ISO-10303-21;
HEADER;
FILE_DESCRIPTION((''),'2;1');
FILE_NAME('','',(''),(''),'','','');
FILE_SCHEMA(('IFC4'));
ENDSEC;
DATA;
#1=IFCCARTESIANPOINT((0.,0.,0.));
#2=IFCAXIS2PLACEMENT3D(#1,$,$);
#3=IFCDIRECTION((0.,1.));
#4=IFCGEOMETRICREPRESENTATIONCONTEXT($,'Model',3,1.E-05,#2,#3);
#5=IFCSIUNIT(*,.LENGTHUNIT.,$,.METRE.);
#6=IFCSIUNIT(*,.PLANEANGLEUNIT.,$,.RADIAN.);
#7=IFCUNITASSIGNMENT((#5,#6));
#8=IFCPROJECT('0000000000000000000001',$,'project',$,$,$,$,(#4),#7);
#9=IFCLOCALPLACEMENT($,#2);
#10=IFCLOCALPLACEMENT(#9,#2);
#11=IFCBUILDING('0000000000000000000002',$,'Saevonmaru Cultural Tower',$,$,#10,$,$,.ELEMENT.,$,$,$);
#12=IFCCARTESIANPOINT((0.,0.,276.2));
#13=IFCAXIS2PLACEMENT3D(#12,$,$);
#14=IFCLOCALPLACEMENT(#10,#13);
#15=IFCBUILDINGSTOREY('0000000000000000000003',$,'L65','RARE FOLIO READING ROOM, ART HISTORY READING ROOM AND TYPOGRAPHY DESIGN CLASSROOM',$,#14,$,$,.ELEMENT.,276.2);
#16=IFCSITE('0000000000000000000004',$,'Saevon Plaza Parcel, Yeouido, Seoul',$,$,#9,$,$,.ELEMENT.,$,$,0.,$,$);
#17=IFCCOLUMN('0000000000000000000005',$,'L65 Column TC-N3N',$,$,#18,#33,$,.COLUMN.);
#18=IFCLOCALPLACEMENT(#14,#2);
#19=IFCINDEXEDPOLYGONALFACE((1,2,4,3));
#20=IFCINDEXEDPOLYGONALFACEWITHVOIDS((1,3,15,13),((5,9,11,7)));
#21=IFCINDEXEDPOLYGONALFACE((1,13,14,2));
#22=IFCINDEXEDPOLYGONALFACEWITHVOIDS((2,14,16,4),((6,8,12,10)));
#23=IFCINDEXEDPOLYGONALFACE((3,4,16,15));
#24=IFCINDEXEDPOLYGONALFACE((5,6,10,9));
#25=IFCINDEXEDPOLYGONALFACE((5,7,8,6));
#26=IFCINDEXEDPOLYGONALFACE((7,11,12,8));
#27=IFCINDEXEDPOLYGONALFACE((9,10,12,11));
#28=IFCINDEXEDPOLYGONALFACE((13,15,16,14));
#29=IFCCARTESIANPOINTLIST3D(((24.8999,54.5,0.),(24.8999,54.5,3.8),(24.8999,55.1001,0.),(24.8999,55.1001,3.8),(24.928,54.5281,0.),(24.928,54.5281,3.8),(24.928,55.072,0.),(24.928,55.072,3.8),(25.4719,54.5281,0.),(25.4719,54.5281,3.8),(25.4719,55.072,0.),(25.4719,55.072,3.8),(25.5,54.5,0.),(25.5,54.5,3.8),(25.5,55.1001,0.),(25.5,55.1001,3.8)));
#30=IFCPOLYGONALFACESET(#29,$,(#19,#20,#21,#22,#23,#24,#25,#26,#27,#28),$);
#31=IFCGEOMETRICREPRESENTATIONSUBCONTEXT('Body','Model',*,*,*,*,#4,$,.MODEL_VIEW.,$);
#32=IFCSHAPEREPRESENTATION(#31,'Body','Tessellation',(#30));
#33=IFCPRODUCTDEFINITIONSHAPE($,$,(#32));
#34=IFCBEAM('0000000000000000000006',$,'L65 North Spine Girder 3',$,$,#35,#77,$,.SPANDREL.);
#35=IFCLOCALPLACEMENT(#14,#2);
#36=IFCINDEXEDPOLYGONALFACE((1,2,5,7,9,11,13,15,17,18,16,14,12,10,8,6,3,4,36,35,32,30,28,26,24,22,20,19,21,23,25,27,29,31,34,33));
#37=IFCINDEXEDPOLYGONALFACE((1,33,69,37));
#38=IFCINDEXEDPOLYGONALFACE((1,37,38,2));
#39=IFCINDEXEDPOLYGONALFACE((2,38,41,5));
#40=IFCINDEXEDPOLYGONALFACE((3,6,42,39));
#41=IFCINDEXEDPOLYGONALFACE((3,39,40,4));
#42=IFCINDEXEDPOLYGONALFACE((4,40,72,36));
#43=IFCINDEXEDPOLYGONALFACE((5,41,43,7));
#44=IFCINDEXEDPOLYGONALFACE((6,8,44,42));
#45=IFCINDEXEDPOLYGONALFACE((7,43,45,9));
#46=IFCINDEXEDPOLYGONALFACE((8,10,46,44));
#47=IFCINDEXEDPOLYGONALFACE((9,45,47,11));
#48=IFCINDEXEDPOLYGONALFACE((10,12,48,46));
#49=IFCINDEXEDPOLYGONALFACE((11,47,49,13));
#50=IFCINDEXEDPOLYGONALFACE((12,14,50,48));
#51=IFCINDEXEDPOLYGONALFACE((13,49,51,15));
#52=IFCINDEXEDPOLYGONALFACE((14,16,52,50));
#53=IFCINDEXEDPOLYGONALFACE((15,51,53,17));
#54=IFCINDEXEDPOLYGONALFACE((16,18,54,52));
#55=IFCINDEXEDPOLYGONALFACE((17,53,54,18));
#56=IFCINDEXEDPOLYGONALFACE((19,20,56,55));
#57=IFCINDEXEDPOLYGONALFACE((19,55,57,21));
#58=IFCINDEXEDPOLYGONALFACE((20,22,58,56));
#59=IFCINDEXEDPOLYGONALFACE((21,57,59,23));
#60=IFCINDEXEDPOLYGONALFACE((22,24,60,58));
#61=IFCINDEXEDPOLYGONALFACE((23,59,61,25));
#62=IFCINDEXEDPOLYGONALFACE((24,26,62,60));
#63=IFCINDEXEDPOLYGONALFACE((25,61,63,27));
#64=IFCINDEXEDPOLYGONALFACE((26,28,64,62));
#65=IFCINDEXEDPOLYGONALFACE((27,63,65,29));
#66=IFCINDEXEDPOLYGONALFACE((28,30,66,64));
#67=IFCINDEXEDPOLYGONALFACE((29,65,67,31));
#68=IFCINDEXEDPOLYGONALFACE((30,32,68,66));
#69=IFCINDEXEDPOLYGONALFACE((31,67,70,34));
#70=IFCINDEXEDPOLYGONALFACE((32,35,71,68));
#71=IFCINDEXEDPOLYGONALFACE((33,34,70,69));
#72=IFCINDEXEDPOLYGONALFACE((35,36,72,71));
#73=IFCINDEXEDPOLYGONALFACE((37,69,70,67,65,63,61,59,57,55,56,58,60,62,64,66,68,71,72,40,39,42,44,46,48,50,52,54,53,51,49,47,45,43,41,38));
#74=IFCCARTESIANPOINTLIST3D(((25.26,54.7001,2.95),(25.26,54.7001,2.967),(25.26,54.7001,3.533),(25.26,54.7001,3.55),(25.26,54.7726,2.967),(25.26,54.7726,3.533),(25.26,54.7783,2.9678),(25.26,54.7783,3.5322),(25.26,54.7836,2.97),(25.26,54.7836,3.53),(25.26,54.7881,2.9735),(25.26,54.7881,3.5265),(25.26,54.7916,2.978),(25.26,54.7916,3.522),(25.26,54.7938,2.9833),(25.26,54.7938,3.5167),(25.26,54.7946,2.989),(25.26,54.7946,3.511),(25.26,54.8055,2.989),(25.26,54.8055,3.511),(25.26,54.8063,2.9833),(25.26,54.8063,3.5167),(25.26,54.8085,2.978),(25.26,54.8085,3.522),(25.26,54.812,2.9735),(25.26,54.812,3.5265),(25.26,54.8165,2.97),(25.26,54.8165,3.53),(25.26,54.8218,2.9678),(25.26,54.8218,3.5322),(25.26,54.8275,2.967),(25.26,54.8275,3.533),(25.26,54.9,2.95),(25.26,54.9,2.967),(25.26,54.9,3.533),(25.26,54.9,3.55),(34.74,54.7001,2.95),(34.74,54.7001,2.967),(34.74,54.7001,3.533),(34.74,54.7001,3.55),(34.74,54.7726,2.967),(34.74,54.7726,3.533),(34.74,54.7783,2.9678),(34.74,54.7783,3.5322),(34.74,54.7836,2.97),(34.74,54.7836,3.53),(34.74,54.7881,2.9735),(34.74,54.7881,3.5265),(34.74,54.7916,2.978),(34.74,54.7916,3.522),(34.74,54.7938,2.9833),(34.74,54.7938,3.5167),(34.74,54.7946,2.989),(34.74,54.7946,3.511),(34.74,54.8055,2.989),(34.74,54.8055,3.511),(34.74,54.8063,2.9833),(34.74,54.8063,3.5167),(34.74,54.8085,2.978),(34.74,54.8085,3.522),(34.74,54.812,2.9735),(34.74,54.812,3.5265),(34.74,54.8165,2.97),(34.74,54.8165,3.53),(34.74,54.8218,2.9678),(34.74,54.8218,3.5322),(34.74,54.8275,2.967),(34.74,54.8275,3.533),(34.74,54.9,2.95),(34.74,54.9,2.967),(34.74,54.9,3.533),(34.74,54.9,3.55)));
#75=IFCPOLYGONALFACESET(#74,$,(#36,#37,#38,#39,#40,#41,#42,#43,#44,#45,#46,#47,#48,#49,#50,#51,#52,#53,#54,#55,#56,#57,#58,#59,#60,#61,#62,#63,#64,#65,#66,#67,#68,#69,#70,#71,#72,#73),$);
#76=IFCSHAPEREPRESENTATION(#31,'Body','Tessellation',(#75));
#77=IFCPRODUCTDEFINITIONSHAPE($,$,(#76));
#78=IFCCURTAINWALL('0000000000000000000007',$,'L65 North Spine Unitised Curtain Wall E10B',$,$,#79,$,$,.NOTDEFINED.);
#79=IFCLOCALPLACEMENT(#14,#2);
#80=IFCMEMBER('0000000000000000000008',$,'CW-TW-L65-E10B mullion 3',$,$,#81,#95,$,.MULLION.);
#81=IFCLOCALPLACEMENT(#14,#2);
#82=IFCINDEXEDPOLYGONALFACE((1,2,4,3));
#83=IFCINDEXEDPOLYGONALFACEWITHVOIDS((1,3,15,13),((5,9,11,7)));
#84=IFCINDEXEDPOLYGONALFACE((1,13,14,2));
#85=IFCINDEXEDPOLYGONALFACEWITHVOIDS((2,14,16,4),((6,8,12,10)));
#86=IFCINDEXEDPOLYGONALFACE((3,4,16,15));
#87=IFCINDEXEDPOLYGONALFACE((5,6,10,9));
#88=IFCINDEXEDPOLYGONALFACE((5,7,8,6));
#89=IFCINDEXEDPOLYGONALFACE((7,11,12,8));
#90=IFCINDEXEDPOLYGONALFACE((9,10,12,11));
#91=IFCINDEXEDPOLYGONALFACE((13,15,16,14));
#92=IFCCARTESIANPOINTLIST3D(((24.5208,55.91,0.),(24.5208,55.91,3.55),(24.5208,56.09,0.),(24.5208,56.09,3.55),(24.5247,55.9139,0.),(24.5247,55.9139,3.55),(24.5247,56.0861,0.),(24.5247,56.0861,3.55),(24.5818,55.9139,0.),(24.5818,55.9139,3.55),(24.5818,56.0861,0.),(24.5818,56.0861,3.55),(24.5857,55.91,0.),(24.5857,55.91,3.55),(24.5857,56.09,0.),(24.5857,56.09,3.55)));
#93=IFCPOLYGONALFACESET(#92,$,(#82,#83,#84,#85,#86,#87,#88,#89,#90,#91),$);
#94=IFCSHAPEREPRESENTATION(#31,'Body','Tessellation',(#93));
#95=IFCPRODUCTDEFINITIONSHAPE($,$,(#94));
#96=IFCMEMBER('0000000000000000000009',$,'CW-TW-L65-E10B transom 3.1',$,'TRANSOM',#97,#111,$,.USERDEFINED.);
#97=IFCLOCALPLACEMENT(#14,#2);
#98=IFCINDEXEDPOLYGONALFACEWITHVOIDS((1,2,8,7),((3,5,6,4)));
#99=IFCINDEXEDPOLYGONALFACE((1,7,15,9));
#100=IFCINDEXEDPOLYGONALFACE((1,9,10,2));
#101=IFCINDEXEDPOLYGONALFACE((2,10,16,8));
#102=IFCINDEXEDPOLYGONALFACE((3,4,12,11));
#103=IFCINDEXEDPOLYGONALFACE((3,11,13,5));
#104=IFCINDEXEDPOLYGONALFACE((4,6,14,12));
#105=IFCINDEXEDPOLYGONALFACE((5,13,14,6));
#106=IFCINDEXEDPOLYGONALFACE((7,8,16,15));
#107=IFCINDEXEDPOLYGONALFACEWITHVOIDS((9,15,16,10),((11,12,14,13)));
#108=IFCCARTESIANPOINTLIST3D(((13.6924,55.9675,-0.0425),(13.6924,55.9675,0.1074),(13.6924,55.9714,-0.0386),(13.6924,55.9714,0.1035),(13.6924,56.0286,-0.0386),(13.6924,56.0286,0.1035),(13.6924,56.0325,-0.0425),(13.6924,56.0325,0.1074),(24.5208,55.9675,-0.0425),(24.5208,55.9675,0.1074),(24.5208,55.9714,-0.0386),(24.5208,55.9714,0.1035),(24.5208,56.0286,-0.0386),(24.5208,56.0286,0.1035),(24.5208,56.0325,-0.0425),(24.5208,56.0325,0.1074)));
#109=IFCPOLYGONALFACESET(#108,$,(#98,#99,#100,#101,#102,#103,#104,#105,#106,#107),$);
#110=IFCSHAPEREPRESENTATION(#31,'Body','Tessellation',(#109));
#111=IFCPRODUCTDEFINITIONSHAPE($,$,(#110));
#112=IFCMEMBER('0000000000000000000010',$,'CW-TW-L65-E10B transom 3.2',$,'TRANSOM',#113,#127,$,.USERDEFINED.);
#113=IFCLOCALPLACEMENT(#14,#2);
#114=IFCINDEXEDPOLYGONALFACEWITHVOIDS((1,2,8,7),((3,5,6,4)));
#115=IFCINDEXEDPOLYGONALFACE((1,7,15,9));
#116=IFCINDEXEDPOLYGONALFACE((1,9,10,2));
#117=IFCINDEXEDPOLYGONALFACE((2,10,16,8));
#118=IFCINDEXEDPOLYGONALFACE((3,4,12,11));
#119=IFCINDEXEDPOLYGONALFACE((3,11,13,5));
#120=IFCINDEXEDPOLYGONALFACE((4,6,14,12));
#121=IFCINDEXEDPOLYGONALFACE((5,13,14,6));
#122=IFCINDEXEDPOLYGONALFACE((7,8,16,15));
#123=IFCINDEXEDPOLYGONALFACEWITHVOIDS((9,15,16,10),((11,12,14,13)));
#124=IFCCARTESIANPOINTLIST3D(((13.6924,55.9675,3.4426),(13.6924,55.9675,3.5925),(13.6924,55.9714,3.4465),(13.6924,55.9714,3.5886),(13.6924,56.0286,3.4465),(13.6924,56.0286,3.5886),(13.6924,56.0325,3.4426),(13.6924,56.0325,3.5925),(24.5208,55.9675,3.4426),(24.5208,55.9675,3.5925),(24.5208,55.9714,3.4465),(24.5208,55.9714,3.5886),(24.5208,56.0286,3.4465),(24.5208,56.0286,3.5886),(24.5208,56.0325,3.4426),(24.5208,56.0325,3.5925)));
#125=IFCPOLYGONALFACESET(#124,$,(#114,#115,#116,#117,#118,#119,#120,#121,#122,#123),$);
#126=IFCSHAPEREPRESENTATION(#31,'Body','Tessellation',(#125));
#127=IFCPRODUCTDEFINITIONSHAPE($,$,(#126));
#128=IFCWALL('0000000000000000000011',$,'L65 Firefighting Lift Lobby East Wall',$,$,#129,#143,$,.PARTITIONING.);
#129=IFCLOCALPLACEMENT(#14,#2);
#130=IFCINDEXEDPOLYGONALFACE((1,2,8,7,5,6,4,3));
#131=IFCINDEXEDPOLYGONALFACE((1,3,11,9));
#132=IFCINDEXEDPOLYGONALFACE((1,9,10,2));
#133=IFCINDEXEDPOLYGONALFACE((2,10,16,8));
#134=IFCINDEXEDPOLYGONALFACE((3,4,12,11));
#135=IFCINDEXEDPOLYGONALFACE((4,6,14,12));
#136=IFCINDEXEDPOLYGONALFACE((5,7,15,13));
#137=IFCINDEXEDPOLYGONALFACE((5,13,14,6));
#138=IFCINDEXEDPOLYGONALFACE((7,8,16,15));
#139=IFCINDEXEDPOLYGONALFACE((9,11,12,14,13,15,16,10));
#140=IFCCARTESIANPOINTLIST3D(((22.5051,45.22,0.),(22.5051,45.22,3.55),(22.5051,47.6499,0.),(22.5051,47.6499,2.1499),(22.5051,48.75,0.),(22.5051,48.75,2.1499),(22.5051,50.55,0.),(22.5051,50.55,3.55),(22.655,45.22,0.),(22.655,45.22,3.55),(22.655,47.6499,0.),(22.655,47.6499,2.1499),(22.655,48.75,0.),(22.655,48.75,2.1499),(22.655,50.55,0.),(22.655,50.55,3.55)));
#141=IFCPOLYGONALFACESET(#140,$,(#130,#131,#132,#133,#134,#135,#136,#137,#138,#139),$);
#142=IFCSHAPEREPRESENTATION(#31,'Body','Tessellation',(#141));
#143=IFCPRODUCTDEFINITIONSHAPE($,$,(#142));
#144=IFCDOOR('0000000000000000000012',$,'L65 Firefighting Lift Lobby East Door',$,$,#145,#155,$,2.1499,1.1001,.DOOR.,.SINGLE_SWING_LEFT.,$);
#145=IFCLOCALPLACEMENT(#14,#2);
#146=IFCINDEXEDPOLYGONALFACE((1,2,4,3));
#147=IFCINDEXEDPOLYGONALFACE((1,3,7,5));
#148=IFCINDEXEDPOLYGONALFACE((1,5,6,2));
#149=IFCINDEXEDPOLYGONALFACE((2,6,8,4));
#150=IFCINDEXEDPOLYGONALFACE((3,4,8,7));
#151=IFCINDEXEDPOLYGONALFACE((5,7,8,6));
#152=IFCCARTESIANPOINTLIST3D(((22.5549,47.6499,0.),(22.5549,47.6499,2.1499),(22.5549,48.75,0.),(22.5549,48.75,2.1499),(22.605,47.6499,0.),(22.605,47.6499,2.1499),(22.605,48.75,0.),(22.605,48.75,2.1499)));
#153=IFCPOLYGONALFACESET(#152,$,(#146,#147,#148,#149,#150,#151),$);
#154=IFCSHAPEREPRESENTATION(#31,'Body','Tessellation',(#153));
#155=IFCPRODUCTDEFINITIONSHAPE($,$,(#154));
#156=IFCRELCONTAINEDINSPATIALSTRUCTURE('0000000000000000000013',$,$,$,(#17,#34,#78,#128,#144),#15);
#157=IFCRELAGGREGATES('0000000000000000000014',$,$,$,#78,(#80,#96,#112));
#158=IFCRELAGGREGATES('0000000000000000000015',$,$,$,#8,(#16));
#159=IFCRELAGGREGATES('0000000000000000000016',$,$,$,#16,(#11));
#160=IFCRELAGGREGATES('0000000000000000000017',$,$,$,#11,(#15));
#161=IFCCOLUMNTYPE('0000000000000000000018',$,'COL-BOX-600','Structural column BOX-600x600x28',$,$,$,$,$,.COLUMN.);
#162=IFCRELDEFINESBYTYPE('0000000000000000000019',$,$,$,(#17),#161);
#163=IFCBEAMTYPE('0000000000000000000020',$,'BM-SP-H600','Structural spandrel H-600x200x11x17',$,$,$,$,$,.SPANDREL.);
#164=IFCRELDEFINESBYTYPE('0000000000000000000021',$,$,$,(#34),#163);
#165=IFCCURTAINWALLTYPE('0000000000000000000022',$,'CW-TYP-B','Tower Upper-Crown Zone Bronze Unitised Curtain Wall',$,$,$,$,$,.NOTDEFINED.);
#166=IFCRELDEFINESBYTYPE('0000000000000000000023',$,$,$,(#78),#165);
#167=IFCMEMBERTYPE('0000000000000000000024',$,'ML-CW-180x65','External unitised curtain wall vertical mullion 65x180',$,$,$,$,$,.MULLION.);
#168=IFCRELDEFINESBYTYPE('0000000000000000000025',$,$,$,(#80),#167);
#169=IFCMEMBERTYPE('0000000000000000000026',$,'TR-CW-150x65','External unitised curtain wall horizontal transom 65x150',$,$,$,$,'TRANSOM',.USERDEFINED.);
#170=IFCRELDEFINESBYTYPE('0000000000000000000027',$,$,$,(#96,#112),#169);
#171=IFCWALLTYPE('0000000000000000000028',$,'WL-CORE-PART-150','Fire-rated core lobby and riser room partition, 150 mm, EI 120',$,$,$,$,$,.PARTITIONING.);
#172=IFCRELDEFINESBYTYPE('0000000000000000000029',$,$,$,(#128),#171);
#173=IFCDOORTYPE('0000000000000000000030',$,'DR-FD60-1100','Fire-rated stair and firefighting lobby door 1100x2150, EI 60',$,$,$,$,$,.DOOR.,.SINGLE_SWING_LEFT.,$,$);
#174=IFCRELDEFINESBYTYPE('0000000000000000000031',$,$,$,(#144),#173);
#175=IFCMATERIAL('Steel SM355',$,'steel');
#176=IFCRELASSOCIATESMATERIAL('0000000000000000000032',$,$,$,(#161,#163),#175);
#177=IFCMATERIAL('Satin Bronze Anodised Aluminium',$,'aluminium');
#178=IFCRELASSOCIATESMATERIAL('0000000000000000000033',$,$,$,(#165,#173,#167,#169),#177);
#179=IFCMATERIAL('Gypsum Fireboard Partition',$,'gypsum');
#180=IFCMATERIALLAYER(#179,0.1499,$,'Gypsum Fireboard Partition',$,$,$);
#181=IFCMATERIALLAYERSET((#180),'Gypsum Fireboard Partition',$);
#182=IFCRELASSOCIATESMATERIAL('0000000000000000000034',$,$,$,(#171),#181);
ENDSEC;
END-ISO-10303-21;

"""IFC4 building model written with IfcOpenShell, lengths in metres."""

from ifc_helpers import new_model, si_unit, direction, frame, frame_2d, origin, origin_2d, place, context, subcontext, project, spatial, rectangle, hollow_rectangle, i_section, extrude, material, layer, layer_set, material_profile, profile_set, type_object, element, fill, aggregate, save


model = new_model("IFC4")

# Units and contexts
model_context = context("Model", 3, precision=1e-05, world=origin(), true_north=direction((0.0, 1.0)))
body_context = subcontext(model_context, "Body", "Model", "MODEL_VIEW")
ifc_project = project(units=[si_unit("LENGTHUNIT", "METRE"), si_unit("PLANEANGLEUNIT", "RADIAN")], contexts=[model_context])

# Site, building, storey
site_placement = place(None, origin())
site = spatial("IfcSite", under=ifc_project, at=site_placement, Name="Saevon Plaza Parcel, Yeouido, Seoul", CompositionType="ELEMENT", RefElevation=0.0)
building_placement = place(site_placement, origin())
building = spatial("IfcBuilding", under=site, at=building_placement, Name="Saevonmaru Cultural Tower", CompositionType="ELEMENT")
storey_placement = place(building_placement, frame((0.0, 0.0, 276.2)))
storey = spatial("IfcBuildingStorey", under=building, at=storey_placement, Name="L65", Description="RARE FOLIO READING ROOM, ART HISTORY READING ROOM AND TYPOGRAPHY DESIGN CLASSROOM", CompositionType="ELEMENT", Elevation=276.2)

# Column
ifc_material_1 = material(Name="Steel SM355", Category="steel")
ifc_material_profile_1 = material_profile(ifc_material_1, hollow_rectangle(XDim=0.6001, YDim=0.6001, WallThickness=0.0281, at=origin_2d()), Name="BOX-600x600x28")
ifc_profile_set_1 = profile_set([ifc_material_profile_1], Name="Steel SM355")
column_type = type_object("IfcColumnType", Name="COL-BOX-600", Description="Structural column BOX-600x600x28", PredefinedType="COLUMN", material=ifc_profile_set_1)
column_placement = place(storey_placement, frame((25.2, 54.8, 0.0), z_axis=(0.0, 0.0, 1.0), x_axis=(1.0, 0.0, 0.0)))
element("IfcColumn", 1, at=column_placement, inside=storey, type_object=column_type, Name="L65 Column TC-N3N", PredefinedType="COLUMN", context=body_context, shape_type="SweptSolid", body=[
    extrude(hollow_rectangle(XDim=0.6001, YDim=0.6001, WallThickness=0.0281, at=origin_2d()), origin(), (0.0, 0.0, 1.0), 3.8),
])

# Beam
ifc_material_profile_2 = material_profile(ifc_material_1, i_section(OverallWidth=0.2, OverallDepth=0.6001, WebThickness=0.011, FlangeThickness=0.0171, FilletRadius=0.022, at=origin_2d()), Name="H-600x200x11x17")
ifc_profile_set_2 = profile_set([ifc_material_profile_2], Name="Steel SM355")
beam_type = type_object("IfcBeamType", Name="BM-SP-H600", Description="Structural spandrel H-600x200x11x17", PredefinedType="SPANDREL", material=ifc_profile_set_2)
beam_placement = place(storey_placement, frame((25.26, 54.8, 3.25), z_axis=(1.0, 0.0, 0.0), x_axis=(0.0, 1.0, 0.0)))
element("IfcBeam", 2, at=beam_placement, inside=storey, type_object=beam_type, Name="L65 North Spine Girder 3", PredefinedType="SPANDREL", context=body_context, shape_type="SweptSolid", body=[
    extrude(i_section(OverallWidth=0.2, OverallDepth=0.6001, WebThickness=0.011, FlangeThickness=0.0171, FilletRadius=0.022, at=origin_2d()), origin(), (0.0, 0.0, 1.0), 9.48),
])

# Curtain wall, members
ifc_material_2 = material(Name="Satin Bronze Anodised Aluminium", Category="aluminium")
curtain_wall_type = type_object("IfcCurtainWallType", Name="CW-TYP-B", Description="Tower Upper-Crown Zone Bronze Unitised Curtain Wall", PredefinedType="NOTDEFINED", material=ifc_material_2)
curtain_wall_placement = place(storey_placement, origin())
curtain_wall = element("IfcCurtainWall", 3, at=curtain_wall_placement, inside=storey, type_object=curtain_wall_type, Name="L65 North Spine Unitised Curtain Wall E10B", PredefinedType="NOTDEFINED")
ifc_material_profile_3 = material_profile(ifc_material_2, hollow_rectangle(XDim=0.0649, YDim=0.1799, WallThickness=0.0039, at=origin_2d()), Name="ALU-MULL-180x65x4")
ifc_profile_set_3 = profile_set([ifc_material_profile_3], Name="Satin Bronze Anodised Aluminium")
member_type_1 = type_object("IfcMemberType", Name="ML-CW-180x65", Description="External unitised curtain wall vertical mullion 65x180", PredefinedType="MULLION", material=ifc_profile_set_3)
member_1_placement = place(storey_placement, frame((24.5532, 56.0, 0.0), z_axis=(0.0, 0.0, 1.0), x_axis=(-1.0, 0.0, 0.0)))
member_1 = element("IfcMember", 4, at=member_1_placement, type_object=member_type_1, Name="CW-TW-L65-E10B mullion 3", PredefinedType="MULLION", context=body_context, shape_type="SweptSolid", body=[
    extrude(hollow_rectangle(XDim=0.0649, YDim=0.1799, WallThickness=0.0039, at=origin_2d()), origin(), (0.0, 0.0, 1.0), 3.55),
])
ifc_material_profile_4 = material_profile(ifc_material_2, hollow_rectangle(XDim=0.0649, YDim=0.1499, WallThickness=0.0039, at=origin_2d()), Name="ALU-TRAN-150x65x4")
ifc_profile_set_4 = profile_set([ifc_material_profile_4], Name="Satin Bronze Anodised Aluminium")
member_type_2 = type_object("IfcMemberType", Name="TR-CW-150x65", Description="External unitised curtain wall horizontal transom 65x150", ElementType="TRANSOM", PredefinedType="USERDEFINED", material=ifc_profile_set_4)
member_2_placement = place(storey_placement, frame((24.5208, 56.0, 0.0325), z_axis=(-1.0, 0.0, 0.0), x_axis=(0.0, -1.0, 0.0)))
member_2 = element("IfcMember", 5, at=member_2_placement, type_object=member_type_2, Name="CW-TW-L65-E10B transom 3.1", ObjectType="TRANSOM", PredefinedType="USERDEFINED", context=body_context, shape_type="SweptSolid", body=[
    extrude(hollow_rectangle(XDim=0.0649, YDim=0.1499, WallThickness=0.0039, at=origin_2d()), origin(), (0.0, 0.0, 1.0), 10.8284),
])
member_3_placement = place(storey_placement, frame((24.5208, 56.0, 3.5176), z_axis=(-1.0, 0.0, 0.0), x_axis=(0.0, -1.0, 0.0)))
member_3 = element("IfcMember", 6, at=member_3_placement, type_object=member_type_2, Name="CW-TW-L65-E10B transom 3.2", ObjectType="TRANSOM", PredefinedType="USERDEFINED", context=body_context, shape_type="SweptSolid", body=[
    extrude(hollow_rectangle(XDim=0.0649, YDim=0.1499, WallThickness=0.0039, at=origin_2d()), origin(), (0.0, 0.0, 1.0), 10.8284),
])
aggregate(curtain_wall, [member_1, member_2, member_3])

# Wall, opening, door
ifc_material_3 = material(Name="Gypsum Fireboard Partition", Category="gypsum")
ifc_layer_1 = layer(ifc_material_3, 0.1499, Name="Gypsum Fireboard Partition")
ifc_layer_set_1 = layer_set([ifc_layer_1], Name="Gypsum Fireboard Partition")
wall_type_1 = type_object("IfcWallType", Name="WL-CORE-PART-150", Description="Fire-rated core lobby and riser room partition, 150 mm, EI 120", PredefinedType="PARTITIONING", material=ifc_layer_set_1)
wall_1_placement = place(storey_placement, frame((22.5801, 50.55, 0.0), z_axis=(0.0, 0.0, 1.0), x_axis=(0.0, -1.0, 0.0)))
wall_1 = element("IfcWall", 7, at=wall_1_placement, inside=storey, type_object=wall_type_1, Name="L65 Firefighting Lift Lobby East Wall", PredefinedType="PARTITIONING", context=body_context, shape_type="SweptSolid", body=[
    extrude(rectangle(XDim=5.3301, YDim=0.1499, at=frame_2d((2.665, 0.0))), origin(), (0.0, 0.0, 1.0), 3.55),
])
opening_1_placement = place(wall_1_placement, frame((1.8, 0.0, 0.0)))
opening_1 = element("IfcOpeningElement", 8, at=opening_1_placement, cuts=wall_1, PredefinedType="OPENING", context=body_context, shape_type="SweptSolid", body=[
    extrude(rectangle(XDim=1.1001, YDim=2.1499, at=frame_2d((0.55, 1.075))), frame((0.0, 0.085, 0.0), z_axis=(0.0, -1.0, 0.0), x_axis=(1.0, 0.0, 0.0)), (0.0, 0.0, 1.0), 0.1699),
])
door_type_1 = type_object("IfcDoorType", Name="DR-FD60-1100", Description="Fire-rated stair and firefighting lobby door 1100x2150, EI 60", OperationType="SINGLE_SWING_LEFT", PredefinedType="DOOR", material=ifc_material_2)
door_1_placement = place(opening_1_placement, origin())
door_1 = element("IfcDoor", 9, at=door_1_placement, inside=storey, type_object=door_type_1, Name="L65 Firefighting Lift Lobby East Door", OperationType="SINGLE_SWING_LEFT", OverallHeight=2.1499, OverallWidth=1.1001, PredefinedType="DOOR", context=body_context, shape_type="SweptSolid", body=[
    extrude(rectangle(XDim=1.1001, YDim=2.1499, at=frame_2d((0.55, 1.075))), frame((0.0, 0.0249, 0.0), z_axis=(0.0, -1.0, 0.0), x_axis=(1.0, 0.0, 0.0)), (0.0, 0.0, 1.0), 0.05),
])
fill(opening_1, door_1)

save(model, "model.ifc")
